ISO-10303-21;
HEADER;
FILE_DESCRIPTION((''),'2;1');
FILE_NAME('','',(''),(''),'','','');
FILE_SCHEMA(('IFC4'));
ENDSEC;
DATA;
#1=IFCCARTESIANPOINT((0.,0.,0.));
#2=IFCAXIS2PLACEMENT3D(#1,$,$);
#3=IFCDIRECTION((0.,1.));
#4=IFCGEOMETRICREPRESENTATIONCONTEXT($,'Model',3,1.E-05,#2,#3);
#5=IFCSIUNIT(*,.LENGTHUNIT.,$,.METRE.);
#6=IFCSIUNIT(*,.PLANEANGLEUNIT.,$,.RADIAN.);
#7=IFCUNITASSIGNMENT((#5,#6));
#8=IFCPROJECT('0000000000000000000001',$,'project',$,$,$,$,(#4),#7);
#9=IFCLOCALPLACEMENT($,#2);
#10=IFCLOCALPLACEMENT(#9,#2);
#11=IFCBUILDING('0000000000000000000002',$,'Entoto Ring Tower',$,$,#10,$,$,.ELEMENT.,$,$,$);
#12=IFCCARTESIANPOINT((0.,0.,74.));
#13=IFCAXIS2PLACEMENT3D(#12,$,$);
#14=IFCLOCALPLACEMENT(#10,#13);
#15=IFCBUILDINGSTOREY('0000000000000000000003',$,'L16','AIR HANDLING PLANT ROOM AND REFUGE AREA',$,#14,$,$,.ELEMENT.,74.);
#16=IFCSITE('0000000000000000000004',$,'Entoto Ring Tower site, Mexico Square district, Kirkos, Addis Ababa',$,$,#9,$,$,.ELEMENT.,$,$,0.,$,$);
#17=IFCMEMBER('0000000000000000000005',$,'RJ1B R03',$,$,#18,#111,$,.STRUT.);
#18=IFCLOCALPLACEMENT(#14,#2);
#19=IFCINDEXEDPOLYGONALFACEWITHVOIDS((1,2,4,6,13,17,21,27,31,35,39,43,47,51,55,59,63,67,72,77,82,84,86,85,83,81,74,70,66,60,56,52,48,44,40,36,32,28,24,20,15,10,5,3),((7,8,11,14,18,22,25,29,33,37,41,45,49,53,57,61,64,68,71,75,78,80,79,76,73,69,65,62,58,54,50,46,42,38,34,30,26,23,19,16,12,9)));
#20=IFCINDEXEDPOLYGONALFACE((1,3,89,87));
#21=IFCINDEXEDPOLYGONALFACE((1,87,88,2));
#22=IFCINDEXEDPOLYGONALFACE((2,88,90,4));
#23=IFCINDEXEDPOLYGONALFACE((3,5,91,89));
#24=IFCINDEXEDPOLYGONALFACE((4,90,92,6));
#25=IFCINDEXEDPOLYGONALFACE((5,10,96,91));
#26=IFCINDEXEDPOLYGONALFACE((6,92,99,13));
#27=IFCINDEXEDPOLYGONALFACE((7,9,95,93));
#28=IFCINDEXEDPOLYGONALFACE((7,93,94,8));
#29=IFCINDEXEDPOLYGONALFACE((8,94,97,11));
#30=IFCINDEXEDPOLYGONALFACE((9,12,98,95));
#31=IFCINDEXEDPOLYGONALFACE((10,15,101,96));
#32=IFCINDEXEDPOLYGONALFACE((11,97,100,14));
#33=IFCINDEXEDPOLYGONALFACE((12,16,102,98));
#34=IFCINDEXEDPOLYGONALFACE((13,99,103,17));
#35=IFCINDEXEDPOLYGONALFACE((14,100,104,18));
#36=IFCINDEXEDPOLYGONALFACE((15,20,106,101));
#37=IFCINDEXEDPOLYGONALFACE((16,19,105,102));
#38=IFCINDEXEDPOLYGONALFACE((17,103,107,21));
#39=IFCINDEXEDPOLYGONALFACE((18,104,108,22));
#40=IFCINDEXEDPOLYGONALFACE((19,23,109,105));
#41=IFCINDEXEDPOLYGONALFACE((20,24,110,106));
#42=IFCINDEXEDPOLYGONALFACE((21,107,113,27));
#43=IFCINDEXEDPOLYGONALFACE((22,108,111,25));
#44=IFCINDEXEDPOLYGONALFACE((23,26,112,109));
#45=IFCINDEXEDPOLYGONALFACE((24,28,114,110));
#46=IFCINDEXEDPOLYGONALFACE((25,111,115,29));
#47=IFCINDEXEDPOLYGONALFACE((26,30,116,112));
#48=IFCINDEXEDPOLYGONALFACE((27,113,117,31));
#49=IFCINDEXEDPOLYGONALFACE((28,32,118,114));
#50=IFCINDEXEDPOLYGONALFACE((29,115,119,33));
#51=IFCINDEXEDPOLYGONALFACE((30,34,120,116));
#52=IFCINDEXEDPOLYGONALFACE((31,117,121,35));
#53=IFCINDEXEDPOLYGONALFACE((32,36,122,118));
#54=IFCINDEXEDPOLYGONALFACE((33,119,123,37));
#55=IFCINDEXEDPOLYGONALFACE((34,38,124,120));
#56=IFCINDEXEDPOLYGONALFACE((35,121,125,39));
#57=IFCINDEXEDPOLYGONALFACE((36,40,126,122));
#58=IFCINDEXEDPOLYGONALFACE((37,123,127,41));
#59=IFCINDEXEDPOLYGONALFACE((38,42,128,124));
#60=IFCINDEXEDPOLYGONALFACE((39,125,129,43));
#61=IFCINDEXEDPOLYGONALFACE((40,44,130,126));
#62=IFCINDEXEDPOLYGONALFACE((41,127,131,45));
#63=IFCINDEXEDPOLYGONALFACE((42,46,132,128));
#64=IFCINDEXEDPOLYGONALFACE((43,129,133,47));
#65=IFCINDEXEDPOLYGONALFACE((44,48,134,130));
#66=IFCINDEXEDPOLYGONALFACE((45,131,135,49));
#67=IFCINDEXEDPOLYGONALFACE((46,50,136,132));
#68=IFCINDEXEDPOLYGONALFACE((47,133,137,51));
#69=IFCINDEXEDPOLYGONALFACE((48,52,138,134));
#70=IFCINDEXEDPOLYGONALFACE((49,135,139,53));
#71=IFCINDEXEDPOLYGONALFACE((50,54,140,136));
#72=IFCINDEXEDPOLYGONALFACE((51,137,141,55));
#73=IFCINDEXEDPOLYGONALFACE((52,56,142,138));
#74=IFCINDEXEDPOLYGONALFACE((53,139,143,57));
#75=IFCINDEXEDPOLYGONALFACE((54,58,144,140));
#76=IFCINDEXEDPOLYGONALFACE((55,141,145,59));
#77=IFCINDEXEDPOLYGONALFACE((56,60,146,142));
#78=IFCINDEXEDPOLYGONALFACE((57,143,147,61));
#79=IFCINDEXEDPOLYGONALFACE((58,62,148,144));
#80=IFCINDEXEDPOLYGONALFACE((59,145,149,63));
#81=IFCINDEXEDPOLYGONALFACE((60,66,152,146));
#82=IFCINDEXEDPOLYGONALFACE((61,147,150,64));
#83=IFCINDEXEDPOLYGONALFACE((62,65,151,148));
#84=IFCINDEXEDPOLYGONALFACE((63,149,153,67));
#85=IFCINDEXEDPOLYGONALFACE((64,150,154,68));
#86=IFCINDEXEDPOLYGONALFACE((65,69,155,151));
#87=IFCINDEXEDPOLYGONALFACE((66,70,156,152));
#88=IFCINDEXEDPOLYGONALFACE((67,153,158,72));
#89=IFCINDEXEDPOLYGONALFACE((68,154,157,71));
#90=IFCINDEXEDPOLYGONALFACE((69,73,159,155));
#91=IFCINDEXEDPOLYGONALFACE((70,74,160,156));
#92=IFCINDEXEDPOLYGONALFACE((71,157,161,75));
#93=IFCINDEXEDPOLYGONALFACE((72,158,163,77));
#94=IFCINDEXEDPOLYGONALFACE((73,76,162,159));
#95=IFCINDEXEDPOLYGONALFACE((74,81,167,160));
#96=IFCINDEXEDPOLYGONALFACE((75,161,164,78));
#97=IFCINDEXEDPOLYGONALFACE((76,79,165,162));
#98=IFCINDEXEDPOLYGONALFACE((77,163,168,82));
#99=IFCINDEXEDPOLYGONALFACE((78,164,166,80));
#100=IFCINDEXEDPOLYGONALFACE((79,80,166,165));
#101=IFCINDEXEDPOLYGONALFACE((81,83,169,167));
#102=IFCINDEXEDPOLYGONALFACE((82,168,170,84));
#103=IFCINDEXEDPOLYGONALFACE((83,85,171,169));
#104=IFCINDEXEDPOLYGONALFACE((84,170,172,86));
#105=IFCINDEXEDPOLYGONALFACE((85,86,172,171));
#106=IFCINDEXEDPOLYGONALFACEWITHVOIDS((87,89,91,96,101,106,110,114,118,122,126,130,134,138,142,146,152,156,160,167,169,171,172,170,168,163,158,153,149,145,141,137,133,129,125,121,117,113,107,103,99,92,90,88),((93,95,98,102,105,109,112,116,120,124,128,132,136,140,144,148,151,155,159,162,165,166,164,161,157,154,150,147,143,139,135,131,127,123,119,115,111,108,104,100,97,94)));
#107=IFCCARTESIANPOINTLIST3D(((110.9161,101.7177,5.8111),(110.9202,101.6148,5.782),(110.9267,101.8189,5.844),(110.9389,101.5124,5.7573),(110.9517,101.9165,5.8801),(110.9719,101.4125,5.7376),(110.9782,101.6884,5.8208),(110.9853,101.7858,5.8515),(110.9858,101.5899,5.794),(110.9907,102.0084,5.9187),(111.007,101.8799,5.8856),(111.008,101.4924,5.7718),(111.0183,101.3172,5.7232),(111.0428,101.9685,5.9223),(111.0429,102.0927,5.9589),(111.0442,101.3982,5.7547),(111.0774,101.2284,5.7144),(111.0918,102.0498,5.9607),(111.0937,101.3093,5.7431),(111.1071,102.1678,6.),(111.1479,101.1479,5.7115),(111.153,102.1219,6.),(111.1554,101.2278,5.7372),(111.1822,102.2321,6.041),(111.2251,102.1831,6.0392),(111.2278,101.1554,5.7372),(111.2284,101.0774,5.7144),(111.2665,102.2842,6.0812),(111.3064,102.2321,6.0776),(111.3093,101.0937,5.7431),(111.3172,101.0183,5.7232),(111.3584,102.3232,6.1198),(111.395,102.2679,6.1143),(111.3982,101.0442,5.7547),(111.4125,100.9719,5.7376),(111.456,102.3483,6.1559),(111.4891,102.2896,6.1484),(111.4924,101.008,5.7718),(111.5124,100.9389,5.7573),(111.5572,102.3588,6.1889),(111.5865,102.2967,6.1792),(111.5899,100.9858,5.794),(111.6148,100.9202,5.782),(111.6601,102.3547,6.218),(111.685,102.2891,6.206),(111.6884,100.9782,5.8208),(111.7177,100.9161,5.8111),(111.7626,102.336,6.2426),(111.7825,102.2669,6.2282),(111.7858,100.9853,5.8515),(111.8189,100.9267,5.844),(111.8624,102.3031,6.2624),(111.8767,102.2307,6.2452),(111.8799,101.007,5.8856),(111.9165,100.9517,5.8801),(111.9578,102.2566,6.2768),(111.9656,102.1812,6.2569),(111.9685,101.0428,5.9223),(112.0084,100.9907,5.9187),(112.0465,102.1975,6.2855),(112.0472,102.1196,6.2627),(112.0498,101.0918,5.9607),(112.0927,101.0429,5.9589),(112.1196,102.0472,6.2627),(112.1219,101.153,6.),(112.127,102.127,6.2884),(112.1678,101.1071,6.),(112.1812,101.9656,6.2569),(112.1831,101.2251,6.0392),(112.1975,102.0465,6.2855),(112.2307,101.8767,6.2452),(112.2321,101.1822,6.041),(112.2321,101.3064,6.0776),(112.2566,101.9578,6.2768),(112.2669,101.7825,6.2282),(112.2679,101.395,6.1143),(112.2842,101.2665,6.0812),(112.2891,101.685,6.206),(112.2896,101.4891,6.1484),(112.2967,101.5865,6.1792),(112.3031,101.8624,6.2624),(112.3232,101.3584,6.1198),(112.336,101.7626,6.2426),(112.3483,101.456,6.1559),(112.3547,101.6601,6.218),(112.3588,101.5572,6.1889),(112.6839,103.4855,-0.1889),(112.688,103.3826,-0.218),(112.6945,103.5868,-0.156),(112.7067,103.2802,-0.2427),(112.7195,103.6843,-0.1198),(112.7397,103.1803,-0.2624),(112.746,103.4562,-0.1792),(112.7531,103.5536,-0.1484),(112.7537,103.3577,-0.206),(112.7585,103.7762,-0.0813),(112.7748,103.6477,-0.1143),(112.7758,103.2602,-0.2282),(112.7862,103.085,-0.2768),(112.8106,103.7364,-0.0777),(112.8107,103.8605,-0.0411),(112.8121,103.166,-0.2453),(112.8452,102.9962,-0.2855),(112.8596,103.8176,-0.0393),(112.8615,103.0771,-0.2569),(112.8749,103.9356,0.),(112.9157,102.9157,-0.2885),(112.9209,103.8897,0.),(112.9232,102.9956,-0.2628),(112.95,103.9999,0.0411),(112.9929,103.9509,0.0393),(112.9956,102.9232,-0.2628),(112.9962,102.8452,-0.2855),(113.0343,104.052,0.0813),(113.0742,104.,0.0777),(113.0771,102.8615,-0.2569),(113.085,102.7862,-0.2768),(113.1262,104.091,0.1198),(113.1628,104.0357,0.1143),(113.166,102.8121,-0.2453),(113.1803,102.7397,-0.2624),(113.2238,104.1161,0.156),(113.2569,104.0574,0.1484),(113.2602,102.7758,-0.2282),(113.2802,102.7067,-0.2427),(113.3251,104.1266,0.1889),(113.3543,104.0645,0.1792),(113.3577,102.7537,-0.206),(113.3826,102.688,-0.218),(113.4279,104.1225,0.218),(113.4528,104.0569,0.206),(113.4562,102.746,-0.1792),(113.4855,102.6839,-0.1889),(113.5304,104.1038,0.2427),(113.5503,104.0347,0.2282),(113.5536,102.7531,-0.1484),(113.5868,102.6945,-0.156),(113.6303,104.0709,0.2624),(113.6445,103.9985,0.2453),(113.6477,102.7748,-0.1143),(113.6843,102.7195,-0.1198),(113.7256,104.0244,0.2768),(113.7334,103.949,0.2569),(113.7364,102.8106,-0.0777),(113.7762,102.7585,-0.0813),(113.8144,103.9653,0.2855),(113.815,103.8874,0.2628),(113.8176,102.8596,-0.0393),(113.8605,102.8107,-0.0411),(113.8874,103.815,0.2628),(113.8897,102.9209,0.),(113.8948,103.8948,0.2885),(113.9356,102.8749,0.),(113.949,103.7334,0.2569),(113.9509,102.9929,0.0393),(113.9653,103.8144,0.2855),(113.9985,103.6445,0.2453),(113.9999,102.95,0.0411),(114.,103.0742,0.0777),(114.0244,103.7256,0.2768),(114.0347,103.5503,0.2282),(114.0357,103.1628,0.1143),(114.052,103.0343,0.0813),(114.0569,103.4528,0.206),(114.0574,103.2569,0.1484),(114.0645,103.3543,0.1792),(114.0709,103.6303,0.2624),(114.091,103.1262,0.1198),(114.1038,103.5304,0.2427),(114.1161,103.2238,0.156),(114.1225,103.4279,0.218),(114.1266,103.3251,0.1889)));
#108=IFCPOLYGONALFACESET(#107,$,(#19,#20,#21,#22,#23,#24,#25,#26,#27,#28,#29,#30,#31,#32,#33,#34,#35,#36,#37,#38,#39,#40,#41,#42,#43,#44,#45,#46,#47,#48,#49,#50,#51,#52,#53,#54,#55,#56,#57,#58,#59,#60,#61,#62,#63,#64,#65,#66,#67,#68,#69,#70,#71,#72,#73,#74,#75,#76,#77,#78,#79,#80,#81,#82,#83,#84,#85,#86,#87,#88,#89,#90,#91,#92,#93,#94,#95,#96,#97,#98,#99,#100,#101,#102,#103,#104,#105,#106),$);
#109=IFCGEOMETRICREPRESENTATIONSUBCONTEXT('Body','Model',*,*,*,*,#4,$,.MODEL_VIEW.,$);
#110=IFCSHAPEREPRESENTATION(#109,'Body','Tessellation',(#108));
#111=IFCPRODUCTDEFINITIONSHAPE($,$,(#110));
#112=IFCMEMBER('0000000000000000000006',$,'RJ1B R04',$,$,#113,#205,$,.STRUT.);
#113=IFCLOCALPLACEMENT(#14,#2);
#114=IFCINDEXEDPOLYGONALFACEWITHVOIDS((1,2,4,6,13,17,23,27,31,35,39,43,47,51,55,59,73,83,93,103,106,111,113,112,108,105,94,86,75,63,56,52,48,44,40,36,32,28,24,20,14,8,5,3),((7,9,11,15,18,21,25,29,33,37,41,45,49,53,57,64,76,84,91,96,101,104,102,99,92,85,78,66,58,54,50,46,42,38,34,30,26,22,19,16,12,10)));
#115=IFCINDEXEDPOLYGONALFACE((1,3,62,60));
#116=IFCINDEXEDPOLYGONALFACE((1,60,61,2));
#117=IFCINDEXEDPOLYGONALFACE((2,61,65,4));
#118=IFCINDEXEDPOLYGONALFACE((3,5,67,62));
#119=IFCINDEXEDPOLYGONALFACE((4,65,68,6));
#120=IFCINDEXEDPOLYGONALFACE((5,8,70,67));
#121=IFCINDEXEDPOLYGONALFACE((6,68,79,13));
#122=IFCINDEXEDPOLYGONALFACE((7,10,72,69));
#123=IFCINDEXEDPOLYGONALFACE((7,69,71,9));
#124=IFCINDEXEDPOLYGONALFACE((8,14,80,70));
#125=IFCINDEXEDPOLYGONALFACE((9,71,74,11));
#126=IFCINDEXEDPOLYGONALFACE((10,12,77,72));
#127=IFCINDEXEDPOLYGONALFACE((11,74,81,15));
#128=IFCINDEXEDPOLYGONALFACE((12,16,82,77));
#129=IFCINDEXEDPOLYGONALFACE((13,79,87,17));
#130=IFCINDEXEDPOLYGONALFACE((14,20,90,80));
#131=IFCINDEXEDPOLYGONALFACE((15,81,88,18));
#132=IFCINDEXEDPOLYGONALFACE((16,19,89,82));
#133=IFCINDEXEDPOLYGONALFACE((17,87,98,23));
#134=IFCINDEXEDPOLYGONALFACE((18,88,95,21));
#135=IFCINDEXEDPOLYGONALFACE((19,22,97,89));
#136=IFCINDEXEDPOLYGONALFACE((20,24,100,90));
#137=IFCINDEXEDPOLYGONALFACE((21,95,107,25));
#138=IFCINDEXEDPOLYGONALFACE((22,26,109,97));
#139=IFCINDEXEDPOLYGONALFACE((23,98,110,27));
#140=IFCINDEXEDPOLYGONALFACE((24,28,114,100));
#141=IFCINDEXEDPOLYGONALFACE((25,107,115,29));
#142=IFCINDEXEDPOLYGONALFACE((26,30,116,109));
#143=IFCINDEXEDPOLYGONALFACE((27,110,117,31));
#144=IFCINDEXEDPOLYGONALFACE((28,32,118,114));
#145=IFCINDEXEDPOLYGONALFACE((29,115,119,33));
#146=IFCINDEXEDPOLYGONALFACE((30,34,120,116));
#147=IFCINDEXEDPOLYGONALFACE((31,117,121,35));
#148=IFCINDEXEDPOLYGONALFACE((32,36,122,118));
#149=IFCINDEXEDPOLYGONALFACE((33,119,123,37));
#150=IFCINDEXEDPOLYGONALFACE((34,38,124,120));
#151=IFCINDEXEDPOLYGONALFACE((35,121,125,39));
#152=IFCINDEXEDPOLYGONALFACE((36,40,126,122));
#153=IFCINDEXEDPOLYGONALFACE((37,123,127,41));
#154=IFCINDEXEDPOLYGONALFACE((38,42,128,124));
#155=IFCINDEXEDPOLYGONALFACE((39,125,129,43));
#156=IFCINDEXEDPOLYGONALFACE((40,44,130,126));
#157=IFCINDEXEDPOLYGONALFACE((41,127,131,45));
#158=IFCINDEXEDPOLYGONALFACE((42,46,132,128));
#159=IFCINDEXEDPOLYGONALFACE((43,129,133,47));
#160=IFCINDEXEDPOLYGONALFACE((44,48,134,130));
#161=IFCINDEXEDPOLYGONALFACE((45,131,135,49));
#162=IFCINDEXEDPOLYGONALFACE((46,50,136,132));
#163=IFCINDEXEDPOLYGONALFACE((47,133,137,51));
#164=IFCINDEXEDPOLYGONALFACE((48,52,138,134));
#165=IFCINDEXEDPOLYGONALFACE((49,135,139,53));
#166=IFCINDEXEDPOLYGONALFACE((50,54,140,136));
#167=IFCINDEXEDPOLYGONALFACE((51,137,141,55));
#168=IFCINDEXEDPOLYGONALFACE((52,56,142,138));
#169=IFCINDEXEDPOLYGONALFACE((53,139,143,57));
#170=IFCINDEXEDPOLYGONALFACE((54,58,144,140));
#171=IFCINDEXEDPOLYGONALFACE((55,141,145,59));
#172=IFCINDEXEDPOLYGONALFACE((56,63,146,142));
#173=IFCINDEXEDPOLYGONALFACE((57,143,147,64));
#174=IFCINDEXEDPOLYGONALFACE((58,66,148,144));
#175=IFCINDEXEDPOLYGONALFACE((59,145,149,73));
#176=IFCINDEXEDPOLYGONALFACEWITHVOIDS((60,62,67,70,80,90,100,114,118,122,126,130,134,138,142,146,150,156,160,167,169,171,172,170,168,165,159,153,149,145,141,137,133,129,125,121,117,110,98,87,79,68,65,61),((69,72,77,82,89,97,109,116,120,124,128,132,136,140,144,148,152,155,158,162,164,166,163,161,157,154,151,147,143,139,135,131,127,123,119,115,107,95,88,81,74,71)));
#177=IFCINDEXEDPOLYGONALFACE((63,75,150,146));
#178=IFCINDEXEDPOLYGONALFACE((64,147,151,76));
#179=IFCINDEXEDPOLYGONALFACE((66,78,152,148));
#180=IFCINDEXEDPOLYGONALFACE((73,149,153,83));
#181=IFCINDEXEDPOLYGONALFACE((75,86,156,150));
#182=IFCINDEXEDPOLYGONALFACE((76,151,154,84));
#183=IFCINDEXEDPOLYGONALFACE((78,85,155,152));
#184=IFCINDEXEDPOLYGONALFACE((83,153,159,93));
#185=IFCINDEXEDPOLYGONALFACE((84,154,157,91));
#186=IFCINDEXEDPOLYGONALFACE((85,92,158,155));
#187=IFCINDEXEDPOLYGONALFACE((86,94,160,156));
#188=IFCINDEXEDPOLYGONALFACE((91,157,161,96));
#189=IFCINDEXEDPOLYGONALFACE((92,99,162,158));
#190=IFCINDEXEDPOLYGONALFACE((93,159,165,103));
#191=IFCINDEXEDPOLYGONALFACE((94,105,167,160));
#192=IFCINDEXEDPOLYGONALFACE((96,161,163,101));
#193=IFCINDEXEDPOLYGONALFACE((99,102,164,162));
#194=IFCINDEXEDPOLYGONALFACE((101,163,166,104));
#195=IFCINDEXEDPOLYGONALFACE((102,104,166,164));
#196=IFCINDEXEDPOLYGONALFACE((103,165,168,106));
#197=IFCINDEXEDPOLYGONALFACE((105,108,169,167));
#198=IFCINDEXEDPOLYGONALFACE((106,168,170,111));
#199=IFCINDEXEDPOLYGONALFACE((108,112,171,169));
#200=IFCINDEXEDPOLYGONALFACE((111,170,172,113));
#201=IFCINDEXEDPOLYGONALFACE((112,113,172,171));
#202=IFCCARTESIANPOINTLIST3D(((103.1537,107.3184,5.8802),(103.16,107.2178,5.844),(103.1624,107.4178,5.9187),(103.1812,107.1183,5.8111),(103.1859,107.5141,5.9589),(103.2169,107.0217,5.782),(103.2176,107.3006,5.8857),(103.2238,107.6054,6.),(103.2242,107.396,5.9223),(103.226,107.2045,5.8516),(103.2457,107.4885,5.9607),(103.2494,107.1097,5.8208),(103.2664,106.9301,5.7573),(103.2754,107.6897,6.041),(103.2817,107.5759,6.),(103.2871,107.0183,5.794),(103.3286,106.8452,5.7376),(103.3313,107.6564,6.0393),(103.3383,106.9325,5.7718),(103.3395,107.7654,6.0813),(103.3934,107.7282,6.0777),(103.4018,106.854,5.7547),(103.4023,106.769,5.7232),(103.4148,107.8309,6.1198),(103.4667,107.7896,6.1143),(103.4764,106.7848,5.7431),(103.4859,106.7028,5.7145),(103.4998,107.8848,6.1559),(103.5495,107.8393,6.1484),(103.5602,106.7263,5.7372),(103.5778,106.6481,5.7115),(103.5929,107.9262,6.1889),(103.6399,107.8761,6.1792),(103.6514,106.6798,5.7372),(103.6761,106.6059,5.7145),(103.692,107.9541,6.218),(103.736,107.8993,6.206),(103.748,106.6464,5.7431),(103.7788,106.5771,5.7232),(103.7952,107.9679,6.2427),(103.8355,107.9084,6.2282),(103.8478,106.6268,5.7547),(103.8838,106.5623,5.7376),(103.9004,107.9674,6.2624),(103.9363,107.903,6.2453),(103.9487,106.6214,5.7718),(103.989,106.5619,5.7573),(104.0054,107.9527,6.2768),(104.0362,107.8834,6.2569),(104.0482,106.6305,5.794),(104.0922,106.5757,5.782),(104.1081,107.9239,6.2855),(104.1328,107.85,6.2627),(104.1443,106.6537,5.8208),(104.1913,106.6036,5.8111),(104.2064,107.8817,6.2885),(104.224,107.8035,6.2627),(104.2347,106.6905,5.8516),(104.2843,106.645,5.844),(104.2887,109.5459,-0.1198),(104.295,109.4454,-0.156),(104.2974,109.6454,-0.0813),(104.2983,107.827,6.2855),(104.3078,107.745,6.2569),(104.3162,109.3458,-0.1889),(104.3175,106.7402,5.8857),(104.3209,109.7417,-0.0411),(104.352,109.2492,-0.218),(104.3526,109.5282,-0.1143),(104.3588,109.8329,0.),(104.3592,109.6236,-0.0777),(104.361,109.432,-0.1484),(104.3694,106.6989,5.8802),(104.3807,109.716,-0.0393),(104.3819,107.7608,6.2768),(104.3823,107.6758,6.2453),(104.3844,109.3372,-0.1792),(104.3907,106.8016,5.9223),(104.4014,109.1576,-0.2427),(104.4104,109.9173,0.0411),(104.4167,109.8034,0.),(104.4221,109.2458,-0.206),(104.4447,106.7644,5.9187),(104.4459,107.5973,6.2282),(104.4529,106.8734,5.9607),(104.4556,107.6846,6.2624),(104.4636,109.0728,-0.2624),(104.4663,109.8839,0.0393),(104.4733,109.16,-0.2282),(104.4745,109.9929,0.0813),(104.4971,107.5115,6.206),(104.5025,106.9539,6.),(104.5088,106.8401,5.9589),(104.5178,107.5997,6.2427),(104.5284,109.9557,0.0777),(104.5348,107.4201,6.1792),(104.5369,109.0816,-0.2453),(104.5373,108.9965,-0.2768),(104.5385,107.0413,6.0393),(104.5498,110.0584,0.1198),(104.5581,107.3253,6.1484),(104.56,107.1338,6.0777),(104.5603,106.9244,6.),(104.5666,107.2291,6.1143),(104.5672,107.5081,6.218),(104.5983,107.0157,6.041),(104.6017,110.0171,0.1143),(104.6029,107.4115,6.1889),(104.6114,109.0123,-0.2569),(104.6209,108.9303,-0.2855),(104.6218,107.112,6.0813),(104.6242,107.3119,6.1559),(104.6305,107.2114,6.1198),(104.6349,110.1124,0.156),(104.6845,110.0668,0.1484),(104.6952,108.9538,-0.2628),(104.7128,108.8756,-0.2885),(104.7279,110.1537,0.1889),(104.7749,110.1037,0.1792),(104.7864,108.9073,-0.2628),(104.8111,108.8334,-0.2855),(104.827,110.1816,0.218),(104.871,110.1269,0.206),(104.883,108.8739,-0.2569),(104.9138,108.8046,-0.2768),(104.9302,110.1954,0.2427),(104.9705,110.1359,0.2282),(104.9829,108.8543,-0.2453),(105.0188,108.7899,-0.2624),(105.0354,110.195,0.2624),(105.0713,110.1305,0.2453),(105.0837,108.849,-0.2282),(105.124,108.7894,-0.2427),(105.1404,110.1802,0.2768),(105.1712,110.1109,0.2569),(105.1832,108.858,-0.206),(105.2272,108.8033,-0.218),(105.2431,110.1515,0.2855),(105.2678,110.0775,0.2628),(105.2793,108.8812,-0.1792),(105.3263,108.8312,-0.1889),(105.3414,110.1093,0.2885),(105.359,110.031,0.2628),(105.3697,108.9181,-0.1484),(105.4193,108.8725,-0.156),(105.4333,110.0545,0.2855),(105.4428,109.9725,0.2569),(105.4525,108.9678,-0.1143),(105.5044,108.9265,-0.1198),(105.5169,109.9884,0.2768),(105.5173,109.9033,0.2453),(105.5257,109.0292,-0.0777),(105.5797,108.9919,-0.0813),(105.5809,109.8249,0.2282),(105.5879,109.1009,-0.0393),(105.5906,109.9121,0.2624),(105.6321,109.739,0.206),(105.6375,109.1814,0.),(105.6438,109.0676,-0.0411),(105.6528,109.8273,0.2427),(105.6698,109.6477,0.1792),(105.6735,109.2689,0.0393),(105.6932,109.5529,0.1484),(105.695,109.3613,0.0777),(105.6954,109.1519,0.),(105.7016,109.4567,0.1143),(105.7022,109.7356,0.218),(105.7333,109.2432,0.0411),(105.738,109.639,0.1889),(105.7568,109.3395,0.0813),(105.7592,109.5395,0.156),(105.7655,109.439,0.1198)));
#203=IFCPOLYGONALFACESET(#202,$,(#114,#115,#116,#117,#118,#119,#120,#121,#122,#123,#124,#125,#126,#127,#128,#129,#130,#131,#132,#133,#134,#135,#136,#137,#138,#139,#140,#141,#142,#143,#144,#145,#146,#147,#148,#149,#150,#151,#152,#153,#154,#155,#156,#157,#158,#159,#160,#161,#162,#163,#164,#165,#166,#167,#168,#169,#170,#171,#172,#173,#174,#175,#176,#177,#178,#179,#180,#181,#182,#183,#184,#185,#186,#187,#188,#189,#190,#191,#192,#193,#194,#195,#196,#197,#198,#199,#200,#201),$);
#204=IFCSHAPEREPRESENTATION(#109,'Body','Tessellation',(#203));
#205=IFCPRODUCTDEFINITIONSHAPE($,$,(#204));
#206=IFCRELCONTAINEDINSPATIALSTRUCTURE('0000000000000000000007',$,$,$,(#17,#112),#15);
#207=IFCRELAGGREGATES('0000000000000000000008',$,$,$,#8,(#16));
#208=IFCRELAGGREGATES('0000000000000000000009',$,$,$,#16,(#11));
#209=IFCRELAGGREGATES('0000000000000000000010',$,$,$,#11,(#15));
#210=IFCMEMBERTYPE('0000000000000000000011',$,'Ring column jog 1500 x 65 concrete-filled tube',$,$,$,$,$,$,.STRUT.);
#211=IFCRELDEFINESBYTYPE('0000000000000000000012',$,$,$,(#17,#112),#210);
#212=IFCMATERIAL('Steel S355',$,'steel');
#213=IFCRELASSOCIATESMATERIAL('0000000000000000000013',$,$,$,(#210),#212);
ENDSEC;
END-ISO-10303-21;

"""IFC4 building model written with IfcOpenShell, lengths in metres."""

from ifc_helpers import new_model, si_unit, direction, frame, origin, origin_2d, place, context, subcontext, project, spatial, circle, hollow_circle, extrude, material, material_profile, profile_set, type_object, element, save


model = new_model("IFC4")

# Units and contexts
model_context = context("Model", 3, precision=1e-05, world=origin(), true_north=direction((0.0, 1.0)))
body_context = subcontext(model_context, "Body", "Model", "MODEL_VIEW")
ifc_project = project(units=[si_unit("LENGTHUNIT", "METRE"), si_unit("PLANEANGLEUNIT", "RADIAN")], contexts=[model_context])

# Site, building, storey
site_placement = place(None, origin())
site = spatial("IfcSite", under=ifc_project, at=site_placement, Name="Entoto Ring Tower site, Mexico Square district, Kirkos, Addis Ababa", CompositionType="ELEMENT", RefElevation=0.0)
building_placement = place(site_placement, origin())
building = spatial("IfcBuilding", under=site, at=building_placement, Name="Entoto Ring Tower", CompositionType="ELEMENT")
storey_placement = place(building_placement, frame((0.0, 0.0, 74.0)))
storey = spatial("IfcBuildingStorey", under=building, at=storey_placement, Name="L16", Description="AIR HANDLING PLANT ROOM AND REFUGE AREA", CompositionType="ELEMENT", Elevation=74.0)

# Members
ifc_material_1 = material(Name="Steel S355", Category="steel")
ifc_material_profile_1 = material_profile(ifc_material_1, hollow_circle(Radius=0.75, WallThickness=0.0649, at=origin_2d()), Name="CHS 1500 x 65")
ifc_material_2 = material(Name="Concrete C60/75", Category="concrete")
ifc_material_profile_2 = material_profile(ifc_material_2, circle(Radius=0.6851, at=origin_2d()), Name="Concrete C60/75 infill")
ifc_profile_set_1 = profile_set([ifc_material_profile_1, ifc_material_profile_2], Name="Steel S355")
member_type_1 = type_object("IfcMemberType", Name="Ring column jog 1500 x 65 concrete-filled tube", PredefinedType="STRUT", material=ifc_profile_set_1)
for number, where, z_axis, x_axis, name in (
    (1, (113.4053, 103.4053, 0.0), (-0.271971, -0.271971, 0.923073), (0.707107, -0.707107, 0.0), "RJ1B R03"),
    (2, (105.0271, 109.4924, 0.0), (-0.174617, -0.342698, 0.923075), (0.891003, -0.453997, 0.0), "RJ1B R04"),
):
    element("IfcMember", number, at=place(storey_placement, frame(where, z_axis=z_axis, x_axis=x_axis)), inside=storey, type_object=member_type_1, Name=name, PredefinedType="STRUT", context=body_context, shape_type="SweptSolid", body=[
        extrude(hollow_circle(Radius=0.75, WallThickness=0.0649, at=origin_2d()), origin(), (0.0, 0.0, 1.0), 6.5),
    ])

save(model, "model.ifc")
